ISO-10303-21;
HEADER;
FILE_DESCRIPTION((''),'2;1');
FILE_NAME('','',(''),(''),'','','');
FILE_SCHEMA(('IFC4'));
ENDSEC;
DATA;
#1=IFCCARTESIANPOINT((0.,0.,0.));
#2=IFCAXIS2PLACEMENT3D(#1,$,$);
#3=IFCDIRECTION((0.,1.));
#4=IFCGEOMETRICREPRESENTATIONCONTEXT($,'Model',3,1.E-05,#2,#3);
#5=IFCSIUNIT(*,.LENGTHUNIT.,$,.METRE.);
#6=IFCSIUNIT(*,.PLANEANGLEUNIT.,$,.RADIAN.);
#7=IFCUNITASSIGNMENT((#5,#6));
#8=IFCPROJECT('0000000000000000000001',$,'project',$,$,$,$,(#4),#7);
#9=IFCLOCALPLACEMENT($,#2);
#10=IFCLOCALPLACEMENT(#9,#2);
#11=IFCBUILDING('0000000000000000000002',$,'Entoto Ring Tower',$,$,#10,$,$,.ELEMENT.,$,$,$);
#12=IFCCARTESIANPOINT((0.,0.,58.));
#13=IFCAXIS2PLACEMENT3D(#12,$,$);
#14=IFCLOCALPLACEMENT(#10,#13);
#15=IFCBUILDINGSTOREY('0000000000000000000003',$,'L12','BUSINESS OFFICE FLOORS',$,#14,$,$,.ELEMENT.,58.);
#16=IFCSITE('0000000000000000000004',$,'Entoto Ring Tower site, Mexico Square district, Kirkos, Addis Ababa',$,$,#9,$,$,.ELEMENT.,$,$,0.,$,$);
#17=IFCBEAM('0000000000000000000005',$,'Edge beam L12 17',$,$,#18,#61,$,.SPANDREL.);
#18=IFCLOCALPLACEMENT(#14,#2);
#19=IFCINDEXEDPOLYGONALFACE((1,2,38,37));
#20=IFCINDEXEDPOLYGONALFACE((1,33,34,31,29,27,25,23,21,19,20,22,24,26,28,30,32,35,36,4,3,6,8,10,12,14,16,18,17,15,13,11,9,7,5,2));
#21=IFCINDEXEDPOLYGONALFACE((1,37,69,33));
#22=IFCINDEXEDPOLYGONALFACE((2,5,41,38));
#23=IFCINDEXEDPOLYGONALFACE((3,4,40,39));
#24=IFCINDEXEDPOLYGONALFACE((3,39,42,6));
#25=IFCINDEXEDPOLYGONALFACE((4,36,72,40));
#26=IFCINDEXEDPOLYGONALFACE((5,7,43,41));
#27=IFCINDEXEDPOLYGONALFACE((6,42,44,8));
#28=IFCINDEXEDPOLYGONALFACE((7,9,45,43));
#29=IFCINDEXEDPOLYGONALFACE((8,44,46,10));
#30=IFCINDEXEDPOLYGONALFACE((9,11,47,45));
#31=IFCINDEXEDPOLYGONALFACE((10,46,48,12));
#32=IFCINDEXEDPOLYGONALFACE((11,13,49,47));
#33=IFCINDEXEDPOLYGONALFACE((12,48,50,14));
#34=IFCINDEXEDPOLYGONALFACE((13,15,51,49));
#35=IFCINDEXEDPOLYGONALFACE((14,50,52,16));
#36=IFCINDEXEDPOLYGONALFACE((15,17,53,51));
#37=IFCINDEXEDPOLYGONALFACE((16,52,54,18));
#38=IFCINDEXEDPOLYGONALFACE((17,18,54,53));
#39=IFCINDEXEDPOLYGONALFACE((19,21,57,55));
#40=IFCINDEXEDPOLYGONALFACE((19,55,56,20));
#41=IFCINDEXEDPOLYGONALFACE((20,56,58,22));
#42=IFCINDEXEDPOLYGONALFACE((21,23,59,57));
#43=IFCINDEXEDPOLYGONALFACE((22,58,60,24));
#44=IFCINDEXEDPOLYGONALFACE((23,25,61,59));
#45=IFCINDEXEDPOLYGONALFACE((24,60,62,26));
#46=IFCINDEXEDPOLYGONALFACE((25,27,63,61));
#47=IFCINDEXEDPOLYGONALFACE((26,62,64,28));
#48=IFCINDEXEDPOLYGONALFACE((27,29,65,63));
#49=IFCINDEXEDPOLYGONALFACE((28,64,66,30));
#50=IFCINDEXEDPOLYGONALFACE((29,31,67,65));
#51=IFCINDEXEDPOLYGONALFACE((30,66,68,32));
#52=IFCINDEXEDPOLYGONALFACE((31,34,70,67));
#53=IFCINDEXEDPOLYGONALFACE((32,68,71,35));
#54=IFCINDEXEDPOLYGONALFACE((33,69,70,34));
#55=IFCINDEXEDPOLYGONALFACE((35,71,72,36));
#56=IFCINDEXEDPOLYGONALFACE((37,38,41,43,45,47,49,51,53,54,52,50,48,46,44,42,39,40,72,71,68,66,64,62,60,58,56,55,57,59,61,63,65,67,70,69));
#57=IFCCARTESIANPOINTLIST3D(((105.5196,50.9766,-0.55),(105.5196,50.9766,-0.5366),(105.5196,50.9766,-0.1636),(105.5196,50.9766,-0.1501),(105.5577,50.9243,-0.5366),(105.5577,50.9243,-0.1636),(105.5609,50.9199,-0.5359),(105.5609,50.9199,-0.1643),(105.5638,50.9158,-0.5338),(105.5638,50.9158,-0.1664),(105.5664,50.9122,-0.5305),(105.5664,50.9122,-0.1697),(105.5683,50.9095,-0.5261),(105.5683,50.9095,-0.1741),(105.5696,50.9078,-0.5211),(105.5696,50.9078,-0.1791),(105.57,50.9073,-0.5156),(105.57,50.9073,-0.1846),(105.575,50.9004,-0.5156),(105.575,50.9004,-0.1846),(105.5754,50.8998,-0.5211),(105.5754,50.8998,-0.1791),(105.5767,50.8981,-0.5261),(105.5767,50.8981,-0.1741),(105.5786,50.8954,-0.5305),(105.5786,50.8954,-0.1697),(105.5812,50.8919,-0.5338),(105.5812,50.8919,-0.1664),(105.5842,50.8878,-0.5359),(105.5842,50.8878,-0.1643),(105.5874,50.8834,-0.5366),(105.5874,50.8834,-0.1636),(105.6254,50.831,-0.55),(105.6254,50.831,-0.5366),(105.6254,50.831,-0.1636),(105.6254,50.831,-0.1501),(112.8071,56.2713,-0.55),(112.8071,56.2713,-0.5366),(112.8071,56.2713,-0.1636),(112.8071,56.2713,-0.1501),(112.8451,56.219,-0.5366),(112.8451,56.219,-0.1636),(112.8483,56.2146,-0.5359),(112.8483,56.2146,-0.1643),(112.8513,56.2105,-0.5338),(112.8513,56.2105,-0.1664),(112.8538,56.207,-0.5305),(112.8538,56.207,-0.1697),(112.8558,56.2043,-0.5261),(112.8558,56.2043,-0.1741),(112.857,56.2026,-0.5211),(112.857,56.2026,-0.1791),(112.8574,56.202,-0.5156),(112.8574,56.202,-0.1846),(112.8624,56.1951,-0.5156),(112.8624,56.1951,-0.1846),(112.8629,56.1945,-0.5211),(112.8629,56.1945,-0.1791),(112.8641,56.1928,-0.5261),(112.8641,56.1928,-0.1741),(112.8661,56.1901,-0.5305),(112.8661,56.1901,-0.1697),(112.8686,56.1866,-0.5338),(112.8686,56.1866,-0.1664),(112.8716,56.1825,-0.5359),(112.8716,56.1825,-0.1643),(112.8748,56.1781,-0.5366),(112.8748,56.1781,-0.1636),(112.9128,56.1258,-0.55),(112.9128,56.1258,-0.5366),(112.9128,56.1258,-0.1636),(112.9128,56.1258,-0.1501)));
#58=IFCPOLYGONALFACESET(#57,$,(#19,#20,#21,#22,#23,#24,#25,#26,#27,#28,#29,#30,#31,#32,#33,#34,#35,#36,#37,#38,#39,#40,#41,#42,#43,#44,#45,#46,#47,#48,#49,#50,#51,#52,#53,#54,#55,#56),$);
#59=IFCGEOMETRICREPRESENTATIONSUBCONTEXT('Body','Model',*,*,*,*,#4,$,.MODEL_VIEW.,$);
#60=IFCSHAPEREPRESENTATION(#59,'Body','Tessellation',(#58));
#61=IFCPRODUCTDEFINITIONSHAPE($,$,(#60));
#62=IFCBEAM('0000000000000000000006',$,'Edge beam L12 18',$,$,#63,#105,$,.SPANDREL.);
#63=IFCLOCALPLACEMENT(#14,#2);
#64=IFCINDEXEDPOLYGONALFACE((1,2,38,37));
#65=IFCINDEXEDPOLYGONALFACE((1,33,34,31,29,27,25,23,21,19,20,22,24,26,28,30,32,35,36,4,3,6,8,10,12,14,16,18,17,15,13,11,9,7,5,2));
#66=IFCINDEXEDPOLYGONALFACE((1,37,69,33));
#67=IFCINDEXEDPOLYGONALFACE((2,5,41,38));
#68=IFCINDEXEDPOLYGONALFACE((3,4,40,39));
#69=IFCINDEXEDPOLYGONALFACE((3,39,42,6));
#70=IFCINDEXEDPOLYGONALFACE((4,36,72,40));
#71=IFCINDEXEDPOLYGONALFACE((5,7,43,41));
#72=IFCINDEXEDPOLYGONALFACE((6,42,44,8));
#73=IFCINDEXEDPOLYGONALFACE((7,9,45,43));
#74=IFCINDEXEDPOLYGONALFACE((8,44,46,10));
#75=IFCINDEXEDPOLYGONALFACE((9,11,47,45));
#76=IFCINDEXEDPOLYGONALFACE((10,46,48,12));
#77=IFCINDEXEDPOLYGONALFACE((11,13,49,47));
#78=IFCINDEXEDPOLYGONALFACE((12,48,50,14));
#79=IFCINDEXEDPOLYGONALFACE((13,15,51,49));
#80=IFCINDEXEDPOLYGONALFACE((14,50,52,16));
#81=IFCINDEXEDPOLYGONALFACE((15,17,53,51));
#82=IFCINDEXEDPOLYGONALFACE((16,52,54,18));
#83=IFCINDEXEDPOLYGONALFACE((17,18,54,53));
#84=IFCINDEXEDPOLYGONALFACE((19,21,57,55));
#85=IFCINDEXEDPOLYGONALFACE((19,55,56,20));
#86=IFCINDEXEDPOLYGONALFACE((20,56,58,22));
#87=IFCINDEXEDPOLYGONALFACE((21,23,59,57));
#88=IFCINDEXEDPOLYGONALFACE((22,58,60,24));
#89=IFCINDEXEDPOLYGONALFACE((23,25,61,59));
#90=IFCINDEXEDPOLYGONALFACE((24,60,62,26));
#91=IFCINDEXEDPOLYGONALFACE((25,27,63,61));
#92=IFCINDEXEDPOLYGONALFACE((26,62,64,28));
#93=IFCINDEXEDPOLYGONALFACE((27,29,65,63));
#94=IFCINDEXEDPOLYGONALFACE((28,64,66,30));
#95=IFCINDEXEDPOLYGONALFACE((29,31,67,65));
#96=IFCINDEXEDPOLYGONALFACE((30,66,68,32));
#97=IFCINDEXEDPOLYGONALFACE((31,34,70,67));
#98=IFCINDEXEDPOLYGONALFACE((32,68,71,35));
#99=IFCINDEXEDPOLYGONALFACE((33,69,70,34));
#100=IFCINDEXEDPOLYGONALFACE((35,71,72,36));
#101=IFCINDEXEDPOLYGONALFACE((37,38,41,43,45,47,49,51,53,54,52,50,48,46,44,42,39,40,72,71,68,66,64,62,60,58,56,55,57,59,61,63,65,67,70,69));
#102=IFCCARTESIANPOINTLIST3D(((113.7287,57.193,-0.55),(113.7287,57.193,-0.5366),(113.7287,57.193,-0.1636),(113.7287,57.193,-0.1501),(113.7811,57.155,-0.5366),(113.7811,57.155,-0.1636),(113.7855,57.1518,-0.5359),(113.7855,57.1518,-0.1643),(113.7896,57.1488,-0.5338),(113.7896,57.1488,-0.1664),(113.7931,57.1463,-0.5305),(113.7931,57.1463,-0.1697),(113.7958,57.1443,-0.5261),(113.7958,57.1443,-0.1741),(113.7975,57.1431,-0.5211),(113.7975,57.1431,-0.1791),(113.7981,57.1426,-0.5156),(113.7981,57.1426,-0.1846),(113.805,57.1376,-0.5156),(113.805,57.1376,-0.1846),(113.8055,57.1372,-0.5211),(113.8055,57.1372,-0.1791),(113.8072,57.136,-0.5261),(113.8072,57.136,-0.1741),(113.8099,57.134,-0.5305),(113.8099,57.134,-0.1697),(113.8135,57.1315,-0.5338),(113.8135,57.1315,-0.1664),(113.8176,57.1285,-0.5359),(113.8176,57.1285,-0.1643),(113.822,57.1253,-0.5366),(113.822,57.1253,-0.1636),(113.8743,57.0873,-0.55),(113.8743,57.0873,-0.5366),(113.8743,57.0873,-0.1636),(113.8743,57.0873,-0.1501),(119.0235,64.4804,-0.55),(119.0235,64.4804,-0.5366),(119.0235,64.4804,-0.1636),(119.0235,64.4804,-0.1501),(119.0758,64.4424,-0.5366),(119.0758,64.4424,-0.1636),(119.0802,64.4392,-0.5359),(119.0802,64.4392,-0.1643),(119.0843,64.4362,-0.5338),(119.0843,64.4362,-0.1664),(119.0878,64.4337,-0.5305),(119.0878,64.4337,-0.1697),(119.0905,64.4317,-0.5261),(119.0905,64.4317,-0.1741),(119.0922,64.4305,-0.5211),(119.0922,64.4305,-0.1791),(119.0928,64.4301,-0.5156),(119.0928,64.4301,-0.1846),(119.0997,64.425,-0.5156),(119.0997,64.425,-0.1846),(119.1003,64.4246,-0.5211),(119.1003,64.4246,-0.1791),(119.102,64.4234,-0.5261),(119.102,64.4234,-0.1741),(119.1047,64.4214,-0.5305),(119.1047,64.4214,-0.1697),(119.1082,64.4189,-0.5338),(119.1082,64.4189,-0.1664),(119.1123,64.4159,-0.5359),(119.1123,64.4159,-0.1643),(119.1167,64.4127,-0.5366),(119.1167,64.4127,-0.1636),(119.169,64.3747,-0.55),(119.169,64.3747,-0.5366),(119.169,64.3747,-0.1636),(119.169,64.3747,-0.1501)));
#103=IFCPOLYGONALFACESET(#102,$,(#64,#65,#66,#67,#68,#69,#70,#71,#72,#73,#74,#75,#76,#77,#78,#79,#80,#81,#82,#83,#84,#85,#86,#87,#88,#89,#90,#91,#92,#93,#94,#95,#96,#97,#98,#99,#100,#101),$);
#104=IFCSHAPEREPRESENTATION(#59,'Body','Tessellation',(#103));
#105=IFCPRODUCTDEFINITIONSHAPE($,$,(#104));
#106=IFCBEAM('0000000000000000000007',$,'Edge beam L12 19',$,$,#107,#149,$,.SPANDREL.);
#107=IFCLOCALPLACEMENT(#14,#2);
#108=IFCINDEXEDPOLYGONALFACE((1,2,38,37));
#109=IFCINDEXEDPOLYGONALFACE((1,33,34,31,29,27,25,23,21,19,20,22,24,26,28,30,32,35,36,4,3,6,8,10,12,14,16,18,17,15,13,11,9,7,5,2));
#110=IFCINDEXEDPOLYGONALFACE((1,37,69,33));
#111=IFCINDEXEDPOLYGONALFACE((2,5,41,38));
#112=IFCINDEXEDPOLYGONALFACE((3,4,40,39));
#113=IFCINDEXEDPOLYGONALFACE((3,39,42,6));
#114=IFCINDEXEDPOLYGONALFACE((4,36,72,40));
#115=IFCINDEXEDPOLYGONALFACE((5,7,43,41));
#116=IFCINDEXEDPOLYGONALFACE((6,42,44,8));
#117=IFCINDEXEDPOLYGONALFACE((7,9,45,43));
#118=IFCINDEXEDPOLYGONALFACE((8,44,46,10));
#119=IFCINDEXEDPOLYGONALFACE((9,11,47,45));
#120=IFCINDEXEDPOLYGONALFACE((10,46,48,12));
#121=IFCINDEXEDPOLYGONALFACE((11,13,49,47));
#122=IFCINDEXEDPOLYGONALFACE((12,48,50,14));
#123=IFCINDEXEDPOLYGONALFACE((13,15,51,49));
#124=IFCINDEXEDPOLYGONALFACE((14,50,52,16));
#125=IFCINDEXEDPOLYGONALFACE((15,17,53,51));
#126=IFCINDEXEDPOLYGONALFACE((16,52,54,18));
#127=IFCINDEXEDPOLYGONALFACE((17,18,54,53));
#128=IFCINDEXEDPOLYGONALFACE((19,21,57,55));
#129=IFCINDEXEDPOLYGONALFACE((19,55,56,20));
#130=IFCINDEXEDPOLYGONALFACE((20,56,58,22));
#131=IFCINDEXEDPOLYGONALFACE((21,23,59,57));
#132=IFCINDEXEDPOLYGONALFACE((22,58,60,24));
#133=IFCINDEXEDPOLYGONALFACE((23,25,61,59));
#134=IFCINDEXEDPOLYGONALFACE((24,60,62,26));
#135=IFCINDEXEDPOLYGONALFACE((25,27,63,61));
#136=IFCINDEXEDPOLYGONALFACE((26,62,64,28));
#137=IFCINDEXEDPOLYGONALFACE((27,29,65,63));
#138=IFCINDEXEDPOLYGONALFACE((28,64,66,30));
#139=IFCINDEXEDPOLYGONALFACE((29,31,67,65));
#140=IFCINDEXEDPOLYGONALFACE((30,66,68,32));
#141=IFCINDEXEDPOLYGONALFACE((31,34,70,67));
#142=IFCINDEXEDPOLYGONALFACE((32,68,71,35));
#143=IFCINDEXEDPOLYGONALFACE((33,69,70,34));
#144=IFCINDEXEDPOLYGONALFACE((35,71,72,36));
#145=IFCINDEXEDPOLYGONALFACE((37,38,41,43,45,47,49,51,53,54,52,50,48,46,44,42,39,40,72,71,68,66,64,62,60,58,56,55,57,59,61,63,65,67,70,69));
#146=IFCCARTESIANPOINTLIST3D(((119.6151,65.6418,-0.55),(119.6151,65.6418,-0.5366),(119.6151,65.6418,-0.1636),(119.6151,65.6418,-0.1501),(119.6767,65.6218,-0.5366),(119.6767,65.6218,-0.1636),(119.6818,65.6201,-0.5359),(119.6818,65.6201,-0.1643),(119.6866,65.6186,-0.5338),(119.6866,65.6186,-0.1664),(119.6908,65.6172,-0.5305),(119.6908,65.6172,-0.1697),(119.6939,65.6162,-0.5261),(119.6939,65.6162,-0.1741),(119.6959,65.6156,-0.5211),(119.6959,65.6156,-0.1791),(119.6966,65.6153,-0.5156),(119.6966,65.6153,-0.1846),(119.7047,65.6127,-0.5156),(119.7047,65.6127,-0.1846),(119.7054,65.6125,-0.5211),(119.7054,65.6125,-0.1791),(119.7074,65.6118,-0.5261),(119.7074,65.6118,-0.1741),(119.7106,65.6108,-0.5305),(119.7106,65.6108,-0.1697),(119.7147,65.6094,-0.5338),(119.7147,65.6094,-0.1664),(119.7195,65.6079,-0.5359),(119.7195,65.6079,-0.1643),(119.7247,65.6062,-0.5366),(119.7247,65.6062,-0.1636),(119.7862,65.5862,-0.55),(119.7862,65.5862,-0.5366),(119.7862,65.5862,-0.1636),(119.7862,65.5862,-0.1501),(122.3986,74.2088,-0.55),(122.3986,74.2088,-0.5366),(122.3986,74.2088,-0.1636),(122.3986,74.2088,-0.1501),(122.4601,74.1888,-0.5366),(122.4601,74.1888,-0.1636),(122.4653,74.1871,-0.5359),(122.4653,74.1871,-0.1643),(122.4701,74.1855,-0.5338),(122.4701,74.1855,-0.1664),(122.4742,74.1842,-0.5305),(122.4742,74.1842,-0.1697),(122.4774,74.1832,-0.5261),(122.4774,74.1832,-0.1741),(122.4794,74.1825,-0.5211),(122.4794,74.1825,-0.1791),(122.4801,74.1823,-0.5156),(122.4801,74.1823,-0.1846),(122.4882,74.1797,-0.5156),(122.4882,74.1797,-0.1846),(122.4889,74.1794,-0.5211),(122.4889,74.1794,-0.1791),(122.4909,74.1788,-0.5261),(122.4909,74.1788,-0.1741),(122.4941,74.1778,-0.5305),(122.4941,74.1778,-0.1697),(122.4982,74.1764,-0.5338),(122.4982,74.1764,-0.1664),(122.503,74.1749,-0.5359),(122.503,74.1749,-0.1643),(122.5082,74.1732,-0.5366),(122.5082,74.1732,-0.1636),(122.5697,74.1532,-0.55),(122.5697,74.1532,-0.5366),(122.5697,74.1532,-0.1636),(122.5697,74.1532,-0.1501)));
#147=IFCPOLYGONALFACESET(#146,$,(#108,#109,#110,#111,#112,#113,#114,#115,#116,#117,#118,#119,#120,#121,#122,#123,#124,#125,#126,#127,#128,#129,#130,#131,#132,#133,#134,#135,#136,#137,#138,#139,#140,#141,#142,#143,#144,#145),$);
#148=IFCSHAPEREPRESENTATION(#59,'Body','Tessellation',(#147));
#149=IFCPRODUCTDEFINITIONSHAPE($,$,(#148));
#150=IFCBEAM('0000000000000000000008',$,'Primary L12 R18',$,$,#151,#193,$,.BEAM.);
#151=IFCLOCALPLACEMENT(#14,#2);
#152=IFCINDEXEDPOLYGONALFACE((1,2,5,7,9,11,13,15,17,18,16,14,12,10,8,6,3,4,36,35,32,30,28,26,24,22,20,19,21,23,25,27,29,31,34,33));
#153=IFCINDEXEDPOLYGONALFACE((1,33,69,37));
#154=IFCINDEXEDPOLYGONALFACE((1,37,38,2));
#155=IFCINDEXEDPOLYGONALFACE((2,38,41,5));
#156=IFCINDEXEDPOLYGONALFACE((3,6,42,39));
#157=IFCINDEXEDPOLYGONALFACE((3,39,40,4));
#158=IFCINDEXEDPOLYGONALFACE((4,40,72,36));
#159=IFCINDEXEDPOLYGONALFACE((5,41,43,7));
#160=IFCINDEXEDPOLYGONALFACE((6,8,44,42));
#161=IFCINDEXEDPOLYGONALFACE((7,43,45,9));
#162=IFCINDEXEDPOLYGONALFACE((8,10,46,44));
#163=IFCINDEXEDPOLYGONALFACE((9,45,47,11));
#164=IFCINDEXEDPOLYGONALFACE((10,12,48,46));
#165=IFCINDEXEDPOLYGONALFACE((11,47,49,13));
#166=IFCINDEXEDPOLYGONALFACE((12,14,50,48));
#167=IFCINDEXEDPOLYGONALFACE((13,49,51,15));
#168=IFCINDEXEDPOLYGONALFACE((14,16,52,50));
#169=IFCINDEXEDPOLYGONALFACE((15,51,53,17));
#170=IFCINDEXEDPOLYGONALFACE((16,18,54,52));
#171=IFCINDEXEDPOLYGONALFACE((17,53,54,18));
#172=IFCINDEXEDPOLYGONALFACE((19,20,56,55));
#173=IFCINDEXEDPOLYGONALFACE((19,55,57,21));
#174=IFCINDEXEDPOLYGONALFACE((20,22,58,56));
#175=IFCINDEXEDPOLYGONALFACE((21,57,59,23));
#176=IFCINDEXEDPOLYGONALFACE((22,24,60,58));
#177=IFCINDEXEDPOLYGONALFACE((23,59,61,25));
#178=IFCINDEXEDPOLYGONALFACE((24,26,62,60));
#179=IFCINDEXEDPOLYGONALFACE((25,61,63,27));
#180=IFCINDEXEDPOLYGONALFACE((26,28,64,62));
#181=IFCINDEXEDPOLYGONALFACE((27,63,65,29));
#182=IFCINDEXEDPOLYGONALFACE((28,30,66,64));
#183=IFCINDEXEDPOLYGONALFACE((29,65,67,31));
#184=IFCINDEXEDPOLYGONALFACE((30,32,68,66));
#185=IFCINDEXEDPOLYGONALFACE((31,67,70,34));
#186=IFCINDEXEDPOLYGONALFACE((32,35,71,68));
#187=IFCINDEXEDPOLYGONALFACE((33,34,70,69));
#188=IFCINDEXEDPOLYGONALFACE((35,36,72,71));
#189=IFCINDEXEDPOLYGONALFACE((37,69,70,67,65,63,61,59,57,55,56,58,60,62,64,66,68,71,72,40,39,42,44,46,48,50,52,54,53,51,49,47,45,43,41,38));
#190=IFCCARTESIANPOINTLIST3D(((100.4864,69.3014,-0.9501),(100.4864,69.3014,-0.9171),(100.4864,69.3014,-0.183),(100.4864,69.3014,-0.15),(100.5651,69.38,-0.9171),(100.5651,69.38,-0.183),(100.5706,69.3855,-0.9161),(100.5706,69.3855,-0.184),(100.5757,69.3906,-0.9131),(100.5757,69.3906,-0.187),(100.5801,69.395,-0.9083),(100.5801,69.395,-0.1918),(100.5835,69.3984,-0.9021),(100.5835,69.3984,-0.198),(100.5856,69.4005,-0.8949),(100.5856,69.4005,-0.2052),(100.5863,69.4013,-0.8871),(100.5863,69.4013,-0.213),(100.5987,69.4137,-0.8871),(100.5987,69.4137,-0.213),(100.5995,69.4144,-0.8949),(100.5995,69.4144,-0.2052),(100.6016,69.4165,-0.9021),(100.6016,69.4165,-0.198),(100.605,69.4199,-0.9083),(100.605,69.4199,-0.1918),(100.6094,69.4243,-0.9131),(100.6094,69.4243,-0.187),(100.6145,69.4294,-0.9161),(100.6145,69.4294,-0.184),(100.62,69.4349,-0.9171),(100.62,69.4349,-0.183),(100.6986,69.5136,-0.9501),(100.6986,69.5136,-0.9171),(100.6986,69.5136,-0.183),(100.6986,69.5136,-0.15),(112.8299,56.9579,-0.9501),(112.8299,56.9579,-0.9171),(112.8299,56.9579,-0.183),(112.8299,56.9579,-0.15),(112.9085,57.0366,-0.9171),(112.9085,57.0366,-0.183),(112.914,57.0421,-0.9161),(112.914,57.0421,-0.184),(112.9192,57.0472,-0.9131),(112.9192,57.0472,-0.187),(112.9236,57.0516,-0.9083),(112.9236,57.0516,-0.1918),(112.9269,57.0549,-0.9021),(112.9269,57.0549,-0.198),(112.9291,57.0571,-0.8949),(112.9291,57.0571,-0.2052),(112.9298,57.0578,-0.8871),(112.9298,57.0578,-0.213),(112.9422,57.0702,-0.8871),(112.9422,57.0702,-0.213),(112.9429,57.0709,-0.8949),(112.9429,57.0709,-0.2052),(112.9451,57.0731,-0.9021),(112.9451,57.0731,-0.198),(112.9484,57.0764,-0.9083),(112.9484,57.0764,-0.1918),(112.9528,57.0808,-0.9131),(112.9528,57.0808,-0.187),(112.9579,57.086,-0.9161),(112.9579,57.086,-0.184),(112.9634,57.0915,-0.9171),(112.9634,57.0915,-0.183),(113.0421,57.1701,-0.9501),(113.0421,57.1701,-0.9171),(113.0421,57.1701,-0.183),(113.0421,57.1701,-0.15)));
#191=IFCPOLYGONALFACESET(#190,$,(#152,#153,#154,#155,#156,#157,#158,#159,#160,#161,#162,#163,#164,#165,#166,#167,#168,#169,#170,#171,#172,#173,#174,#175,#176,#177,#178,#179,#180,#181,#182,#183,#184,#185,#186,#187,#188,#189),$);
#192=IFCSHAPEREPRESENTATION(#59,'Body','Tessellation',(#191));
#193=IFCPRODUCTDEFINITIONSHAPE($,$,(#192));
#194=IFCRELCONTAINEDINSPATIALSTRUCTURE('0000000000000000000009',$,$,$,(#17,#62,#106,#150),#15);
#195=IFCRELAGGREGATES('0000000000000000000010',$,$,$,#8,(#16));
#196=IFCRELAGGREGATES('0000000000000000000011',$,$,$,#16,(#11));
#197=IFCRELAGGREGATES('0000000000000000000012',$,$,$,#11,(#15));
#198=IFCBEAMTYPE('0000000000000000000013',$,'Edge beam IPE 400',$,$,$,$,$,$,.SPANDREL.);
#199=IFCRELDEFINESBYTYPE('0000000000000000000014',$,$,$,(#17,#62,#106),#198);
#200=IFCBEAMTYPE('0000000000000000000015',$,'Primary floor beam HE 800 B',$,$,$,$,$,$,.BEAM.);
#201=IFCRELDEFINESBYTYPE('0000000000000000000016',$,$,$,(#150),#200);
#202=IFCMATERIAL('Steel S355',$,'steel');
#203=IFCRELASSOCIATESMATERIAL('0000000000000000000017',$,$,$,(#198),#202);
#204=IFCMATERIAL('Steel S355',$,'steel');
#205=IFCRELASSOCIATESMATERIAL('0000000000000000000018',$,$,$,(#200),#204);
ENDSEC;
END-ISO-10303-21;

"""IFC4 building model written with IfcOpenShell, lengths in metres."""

from ifc_helpers import new_model, si_unit, direction, frame, origin, origin_2d, place, context, subcontext, project, spatial, i_section, extrude, material, material_profile, profile_set, type_object, element, save


model = new_model("IFC4")

# Units and contexts
model_context = context("Model", 3, precision=1e-05, world=origin(), true_north=direction((0.0, 1.0)))
body_context = subcontext(model_context, "Body", "Model", "MODEL_VIEW")
ifc_project = project(units=[si_unit("LENGTHUNIT", "METRE"), si_unit("PLANEANGLEUNIT", "RADIAN")], contexts=[model_context])

# Site, building, storey
site_placement = place(None, origin())
site = spatial("IfcSite", under=ifc_project, at=site_placement, Name="Entoto Ring Tower site, Mexico Square district, Kirkos, Addis Ababa", CompositionType="ELEMENT", RefElevation=0.0)
building_placement = place(site_placement, origin())
building = spatial("IfcBuilding", under=site, at=building_placement, Name="Entoto Ring Tower", CompositionType="ELEMENT")
storey_placement = place(building_placement, frame((0.0, 0.0, 58.0)))
storey = spatial("IfcBuildingStorey", under=building, at=storey_placement, Name="L12", Description="BUSINESS OFFICE FLOORS", CompositionType="ELEMENT", Elevation=58.0)

# Beams
ifc_material_1 = material(Name="Steel S355", Category="steel")
ifc_material_profile_1 = material_profile(ifc_material_1, i_section(OverallWidth=0.1799, OverallDepth=0.3999, WebThickness=0.0085, FlangeThickness=0.0134, FilletRadius=0.021, at=origin_2d()), Name="IPE 400")
ifc_profile_set_1 = profile_set([ifc_material_profile_1], Name="Steel S355")
beam_type_1 = type_object("IfcBeamType", Name="Edge beam IPE 400", PredefinedType="SPANDREL", material=ifc_profile_set_1)
for number, where, z_axis, x_axis, name in (
    (1, (105.5725, 50.9038, -0.3501), (0.809011, 0.587793, 0.0), (-0.587793, 0.809011, 0.0), "Edge beam L12 17"),
    (2, (113.8015, 57.1401, -0.3501), (0.587793, 0.809011, 0.0), (-0.809011, 0.587793, 0.0), "Edge beam L12 18"),
    (3, (119.7007, 65.614, -0.3501), (0.309006, 0.95106, 0.0), (-0.95106, 0.309006, 0.0), "Edge beam L12 19"),
):
    element("IfcBeam", number, at=place(storey_placement, frame(where, z_axis=z_axis, x_axis=x_axis)), inside=storey, type_object=beam_type_1, Name=name, PredefinedType="SPANDREL", context=body_context, shape_type="SweptSolid", body=[
        extrude(i_section(OverallWidth=0.1799, OverallDepth=0.3999, WebThickness=0.0085, FlangeThickness=0.0134, FilletRadius=0.021, at=origin_2d()), origin(), (0.0, 0.0, 1.0), 9.0078),
    ])
ifc_material_2 = material(Name="Steel S355", Category="steel")
ifc_material_profile_2 = material_profile(ifc_material_2, i_section(OverallWidth=0.3, OverallDepth=0.8, WebThickness=0.0176, FlangeThickness=0.033, FilletRadius=0.03, at=origin_2d()), Name="HE 800 B")
ifc_profile_set_2 = profile_set([ifc_material_profile_2], Name="Steel S355")
beam_type_2 = type_object("IfcBeamType", Name="Primary floor beam HE 800 B", PredefinedType="BEAM", material=ifc_profile_set_2)
beam_1_placement = place(storey_placement, frame((100.5925, 69.4075, -0.55), z_axis=(0.707107, -0.707107, 0.0), x_axis=(0.707107, 0.707107, 0.0)))
element("IfcBeam", 4, at=beam_1_placement, inside=storey, type_object=beam_type_2, Name="Primary L12 R18", PredefinedType="BEAM", context=body_context, shape_type="SweptSolid", body=[
    extrude(i_section(OverallWidth=0.3, OverallDepth=0.8, WebThickness=0.0176, FlangeThickness=0.033, FilletRadius=0.03, at=origin_2d()), origin(), (0.0, 0.0, 1.0), 17.4563),
])

save(model, "model.ifc")
